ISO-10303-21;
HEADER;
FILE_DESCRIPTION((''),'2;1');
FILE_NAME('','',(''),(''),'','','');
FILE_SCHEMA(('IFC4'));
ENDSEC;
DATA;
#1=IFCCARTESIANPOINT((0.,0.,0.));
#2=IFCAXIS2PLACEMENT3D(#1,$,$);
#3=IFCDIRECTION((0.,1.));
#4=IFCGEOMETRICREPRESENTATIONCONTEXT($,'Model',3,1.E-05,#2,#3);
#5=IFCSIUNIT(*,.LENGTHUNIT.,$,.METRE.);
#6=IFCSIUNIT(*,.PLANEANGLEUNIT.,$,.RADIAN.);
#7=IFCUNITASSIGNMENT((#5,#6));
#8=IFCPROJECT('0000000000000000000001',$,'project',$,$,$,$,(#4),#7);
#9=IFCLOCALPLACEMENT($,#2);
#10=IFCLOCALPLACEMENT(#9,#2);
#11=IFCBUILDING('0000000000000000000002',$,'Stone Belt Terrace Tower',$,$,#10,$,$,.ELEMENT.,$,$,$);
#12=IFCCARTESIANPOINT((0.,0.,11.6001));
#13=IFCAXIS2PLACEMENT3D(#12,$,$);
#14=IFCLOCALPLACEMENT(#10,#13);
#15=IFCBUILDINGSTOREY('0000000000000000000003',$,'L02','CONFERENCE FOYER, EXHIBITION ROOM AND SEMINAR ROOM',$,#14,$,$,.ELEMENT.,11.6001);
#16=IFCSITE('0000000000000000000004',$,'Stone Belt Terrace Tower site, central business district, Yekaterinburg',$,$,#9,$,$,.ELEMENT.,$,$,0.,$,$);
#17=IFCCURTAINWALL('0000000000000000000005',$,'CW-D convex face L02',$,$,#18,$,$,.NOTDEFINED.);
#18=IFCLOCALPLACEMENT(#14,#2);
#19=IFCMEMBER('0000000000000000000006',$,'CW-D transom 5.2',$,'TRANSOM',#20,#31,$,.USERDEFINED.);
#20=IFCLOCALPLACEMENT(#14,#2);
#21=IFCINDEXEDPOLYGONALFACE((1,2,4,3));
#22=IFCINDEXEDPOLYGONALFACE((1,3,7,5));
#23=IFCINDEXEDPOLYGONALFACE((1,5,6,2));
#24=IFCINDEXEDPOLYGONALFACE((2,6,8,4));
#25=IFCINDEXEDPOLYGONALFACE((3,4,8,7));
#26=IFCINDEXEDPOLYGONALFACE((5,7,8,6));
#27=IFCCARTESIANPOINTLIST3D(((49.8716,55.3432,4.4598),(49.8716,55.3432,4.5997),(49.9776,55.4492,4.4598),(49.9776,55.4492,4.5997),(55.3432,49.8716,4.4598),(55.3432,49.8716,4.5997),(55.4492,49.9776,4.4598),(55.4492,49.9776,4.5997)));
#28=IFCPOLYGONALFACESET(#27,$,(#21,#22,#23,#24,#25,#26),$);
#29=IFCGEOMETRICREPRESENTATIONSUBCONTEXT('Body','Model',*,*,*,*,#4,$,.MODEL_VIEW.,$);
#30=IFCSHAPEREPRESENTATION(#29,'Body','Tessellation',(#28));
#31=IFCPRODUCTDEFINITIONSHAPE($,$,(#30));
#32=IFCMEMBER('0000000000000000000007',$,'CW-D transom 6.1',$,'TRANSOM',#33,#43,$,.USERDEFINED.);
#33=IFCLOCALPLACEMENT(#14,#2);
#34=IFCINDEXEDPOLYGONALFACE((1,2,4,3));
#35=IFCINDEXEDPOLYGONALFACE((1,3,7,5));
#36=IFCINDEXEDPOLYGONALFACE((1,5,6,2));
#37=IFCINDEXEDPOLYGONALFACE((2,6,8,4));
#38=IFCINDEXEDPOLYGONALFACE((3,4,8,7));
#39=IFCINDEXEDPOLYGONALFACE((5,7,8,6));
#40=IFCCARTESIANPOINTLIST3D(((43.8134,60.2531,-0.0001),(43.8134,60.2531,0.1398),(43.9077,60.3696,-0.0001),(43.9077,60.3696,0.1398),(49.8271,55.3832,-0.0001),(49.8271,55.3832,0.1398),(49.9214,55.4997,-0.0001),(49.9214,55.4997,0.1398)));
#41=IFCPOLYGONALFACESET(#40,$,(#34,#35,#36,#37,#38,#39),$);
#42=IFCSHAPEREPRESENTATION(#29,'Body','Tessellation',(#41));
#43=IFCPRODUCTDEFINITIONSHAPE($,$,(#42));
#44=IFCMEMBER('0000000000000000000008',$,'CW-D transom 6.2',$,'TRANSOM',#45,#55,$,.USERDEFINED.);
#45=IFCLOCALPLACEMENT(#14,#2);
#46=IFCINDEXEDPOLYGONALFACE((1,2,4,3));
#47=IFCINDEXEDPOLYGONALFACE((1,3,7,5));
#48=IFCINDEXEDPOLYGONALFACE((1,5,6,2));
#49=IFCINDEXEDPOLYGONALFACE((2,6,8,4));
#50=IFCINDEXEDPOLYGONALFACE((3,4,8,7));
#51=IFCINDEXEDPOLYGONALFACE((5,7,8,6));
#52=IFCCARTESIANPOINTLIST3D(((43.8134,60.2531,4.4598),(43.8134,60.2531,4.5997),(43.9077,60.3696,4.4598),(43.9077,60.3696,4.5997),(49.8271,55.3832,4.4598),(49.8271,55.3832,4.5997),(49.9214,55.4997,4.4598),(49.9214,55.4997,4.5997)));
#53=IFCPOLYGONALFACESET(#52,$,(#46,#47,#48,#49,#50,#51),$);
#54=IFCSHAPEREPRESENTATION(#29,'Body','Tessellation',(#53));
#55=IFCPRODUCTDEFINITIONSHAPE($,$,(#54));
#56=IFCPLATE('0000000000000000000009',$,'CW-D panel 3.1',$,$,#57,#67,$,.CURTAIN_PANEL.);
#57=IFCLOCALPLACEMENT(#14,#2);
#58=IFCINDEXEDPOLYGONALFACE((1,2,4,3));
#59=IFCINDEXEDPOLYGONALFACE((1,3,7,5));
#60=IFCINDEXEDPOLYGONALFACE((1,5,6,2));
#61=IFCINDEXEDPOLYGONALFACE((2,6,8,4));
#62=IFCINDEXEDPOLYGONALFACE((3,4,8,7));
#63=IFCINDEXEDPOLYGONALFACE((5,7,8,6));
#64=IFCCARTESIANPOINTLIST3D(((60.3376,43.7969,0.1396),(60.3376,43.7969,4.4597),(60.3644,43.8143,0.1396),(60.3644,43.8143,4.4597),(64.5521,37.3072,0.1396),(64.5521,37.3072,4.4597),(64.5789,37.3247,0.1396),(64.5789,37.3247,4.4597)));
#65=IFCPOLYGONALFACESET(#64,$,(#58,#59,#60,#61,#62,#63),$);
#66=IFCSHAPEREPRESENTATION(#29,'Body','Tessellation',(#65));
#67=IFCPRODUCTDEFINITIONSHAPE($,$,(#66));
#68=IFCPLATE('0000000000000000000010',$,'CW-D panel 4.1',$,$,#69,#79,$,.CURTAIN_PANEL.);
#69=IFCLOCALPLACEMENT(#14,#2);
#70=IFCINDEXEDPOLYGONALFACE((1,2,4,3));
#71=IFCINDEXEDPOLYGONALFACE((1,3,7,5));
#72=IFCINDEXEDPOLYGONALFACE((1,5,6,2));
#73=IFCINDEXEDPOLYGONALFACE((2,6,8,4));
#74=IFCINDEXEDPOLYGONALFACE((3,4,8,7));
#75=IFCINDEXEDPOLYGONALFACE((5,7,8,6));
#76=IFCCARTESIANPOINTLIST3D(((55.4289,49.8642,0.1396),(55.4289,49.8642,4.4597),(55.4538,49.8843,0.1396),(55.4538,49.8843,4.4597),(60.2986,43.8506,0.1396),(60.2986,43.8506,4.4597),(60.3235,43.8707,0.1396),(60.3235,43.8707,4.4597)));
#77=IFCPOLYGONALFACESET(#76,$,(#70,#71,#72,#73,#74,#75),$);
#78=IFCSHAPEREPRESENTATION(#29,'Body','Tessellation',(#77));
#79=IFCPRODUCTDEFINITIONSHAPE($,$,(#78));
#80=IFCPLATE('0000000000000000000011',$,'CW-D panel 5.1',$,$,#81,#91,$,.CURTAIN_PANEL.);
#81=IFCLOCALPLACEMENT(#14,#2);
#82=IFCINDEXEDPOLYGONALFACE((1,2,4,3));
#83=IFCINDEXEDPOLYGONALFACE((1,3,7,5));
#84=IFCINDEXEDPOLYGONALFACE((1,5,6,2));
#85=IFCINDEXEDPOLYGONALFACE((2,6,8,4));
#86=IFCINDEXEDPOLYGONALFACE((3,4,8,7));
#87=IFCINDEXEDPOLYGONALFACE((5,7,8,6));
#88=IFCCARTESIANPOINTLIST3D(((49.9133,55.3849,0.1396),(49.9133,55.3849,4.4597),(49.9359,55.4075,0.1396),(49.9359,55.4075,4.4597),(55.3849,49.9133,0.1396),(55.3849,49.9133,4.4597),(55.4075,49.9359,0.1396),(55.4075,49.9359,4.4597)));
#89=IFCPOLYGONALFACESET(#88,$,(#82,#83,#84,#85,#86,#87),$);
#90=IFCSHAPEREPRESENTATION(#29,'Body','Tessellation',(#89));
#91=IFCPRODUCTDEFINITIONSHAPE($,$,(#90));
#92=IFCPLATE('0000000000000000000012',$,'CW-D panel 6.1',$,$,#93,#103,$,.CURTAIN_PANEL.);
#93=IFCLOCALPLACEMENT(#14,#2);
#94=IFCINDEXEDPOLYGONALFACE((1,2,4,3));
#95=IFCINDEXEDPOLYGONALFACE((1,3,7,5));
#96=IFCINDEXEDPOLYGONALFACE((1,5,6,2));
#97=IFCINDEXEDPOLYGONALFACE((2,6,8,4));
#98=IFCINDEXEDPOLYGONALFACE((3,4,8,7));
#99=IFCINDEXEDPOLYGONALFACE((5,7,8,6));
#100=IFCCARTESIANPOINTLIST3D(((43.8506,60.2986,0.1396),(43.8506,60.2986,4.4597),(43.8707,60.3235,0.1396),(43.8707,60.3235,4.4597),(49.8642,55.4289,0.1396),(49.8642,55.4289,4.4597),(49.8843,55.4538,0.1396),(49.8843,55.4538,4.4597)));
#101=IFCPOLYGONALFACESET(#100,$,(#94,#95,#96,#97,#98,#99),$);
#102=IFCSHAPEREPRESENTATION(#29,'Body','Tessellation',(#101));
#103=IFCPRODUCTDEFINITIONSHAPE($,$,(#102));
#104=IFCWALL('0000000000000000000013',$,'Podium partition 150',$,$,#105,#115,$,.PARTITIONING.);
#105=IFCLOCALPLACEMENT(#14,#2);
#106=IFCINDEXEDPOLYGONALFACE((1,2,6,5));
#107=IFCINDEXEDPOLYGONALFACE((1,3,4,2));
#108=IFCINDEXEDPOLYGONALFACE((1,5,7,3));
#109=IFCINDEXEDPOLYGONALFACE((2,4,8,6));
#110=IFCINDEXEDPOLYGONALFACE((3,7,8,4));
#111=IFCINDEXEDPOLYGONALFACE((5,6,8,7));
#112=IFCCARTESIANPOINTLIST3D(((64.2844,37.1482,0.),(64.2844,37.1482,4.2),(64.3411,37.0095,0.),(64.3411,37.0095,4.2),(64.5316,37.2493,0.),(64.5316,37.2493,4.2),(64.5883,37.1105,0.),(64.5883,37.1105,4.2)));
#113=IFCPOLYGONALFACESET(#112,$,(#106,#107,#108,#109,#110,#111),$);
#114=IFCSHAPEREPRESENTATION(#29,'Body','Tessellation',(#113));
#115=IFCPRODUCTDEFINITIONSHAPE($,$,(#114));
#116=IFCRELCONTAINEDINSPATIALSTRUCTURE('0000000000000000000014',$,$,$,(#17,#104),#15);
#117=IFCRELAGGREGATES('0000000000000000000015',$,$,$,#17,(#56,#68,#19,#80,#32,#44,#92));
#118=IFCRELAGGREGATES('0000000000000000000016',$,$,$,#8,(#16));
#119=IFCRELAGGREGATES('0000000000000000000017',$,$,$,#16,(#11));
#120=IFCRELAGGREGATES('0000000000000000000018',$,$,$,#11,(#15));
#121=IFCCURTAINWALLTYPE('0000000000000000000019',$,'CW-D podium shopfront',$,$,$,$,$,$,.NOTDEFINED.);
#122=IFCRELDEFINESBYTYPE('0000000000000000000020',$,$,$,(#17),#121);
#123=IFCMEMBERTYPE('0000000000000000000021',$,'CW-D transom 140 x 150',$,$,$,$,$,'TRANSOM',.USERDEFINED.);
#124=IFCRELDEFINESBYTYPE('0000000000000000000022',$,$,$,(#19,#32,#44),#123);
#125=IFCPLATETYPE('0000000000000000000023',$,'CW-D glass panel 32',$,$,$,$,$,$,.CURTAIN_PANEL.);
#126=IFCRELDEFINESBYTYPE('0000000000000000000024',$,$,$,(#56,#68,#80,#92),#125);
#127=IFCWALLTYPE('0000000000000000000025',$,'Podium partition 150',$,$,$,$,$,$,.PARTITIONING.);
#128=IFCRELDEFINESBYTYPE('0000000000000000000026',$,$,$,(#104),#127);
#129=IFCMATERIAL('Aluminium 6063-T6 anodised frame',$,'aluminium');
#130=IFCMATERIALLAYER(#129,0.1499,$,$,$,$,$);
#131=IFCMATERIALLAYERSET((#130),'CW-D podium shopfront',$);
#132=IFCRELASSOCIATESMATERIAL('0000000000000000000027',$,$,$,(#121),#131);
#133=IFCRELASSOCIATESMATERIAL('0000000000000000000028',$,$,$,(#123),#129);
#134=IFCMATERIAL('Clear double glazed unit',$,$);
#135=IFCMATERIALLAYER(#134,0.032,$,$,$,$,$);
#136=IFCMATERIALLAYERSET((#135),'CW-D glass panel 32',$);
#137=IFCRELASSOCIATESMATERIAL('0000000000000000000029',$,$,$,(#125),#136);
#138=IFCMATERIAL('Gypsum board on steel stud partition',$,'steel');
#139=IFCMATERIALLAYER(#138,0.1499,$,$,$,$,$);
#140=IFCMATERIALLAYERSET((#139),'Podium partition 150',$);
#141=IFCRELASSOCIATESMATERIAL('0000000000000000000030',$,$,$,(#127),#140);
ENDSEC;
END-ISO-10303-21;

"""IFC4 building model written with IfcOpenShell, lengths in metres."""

from ifc_helpers import new_model, si_unit, direction, frame, frame_2d, origin, origin_2d, place, context, subcontext, project, spatial, rectangle, extrude, material, layer, layer_set, material_profile, profile_set, type_object, element, aggregate, save


model = new_model("IFC4")

# Units and contexts
model_context = context("Model", 3, precision=1e-05, world=origin(), true_north=direction((0.0, 1.0)))
body_context = subcontext(model_context, "Body", "Model", "MODEL_VIEW")
ifc_project = project(units=[si_unit("LENGTHUNIT", "METRE"), si_unit("PLANEANGLEUNIT", "RADIAN")], contexts=[model_context])

# Site, building, storey
site_placement = place(None, origin())
site = spatial("IfcSite", under=ifc_project, at=site_placement, Name="Stone Belt Terrace Tower site, central business district, Yekaterinburg", CompositionType="ELEMENT", RefElevation=0.0)
building_placement = place(site_placement, origin())
building = spatial("IfcBuilding", under=site, at=building_placement, Name="Stone Belt Terrace Tower", CompositionType="ELEMENT")
storey_placement = place(building_placement, frame((0.0, 0.0, 11.6001)))
storey = spatial("IfcBuildingStorey", under=building, at=storey_placement, Name="L02", Description="CONFERENCE FOYER, EXHIBITION ROOM AND SEMINAR ROOM", CompositionType="ELEMENT", Elevation=11.6001)

# Curtain wall, members, plates
ifc_material_1 = material(Name="Aluminium 6063-T6 anodised frame", Category="aluminium")
ifc_layer_1 = layer(ifc_material_1, 0.1499)
ifc_layer_set_1 = layer_set([ifc_layer_1], Name="CW-D podium shopfront")
curtain_wall_type = type_object("IfcCurtainWallType", Name="CW-D podium shopfront", PredefinedType="NOTDEFINED", material=ifc_layer_set_1)
curtain_wall_placement = place(storey_placement, origin())
curtain_wall = element("IfcCurtainWall", 1, at=curtain_wall_placement, inside=storey, type_object=curtain_wall_type, Name="CW-D convex face L02", PredefinedType="NOTDEFINED")
ifc_material_profile_1 = material_profile(ifc_material_1, rectangle(XDim=0.1499, YDim=0.1399, at=origin_2d()), Name="Aluminium 6063-T6 150x140")
ifc_profile_set_1 = profile_set([ifc_material_profile_1], Name="Aluminium 6063-T6 anodised frame")
member_type_1 = type_object("IfcMemberType", Name="CW-D transom 140 x 150", ElementType="TRANSOM", PredefinedType="USERDEFINED", material=ifc_profile_set_1)
member_1_placement = place(storey_placement, frame((55.3962, 49.9246, 4.5298), z_axis=(-0.707107, 0.707107, 0.0), x_axis=(-0.707107, -0.707107, 0.0)))
member_1 = element("IfcMember", 2, at=member_1_placement, type_object=member_type_1, Name="CW-D transom 5.2", ObjectType="TRANSOM", PredefinedType="USERDEFINED", context=body_context, shape_type="SweptSolid", body=[
    extrude(rectangle(XDim=0.1499, YDim=0.1399, at=origin_2d()), origin(), (0.0, 0.0, 1.0), 7.738),
])
member_2_placement = place(storey_placement, frame((49.8743, 55.4414, 0.0698), z_axis=(-0.77714, 0.629328, 0.0), x_axis=(-0.629328, -0.77714, 0.0)))
member_2 = element("IfcMember", 3, at=member_2_placement, type_object=member_type_1, Name="CW-D transom 6.1", ObjectType="TRANSOM", PredefinedType="USERDEFINED", context=body_context, shape_type="SweptSolid", body=[
    extrude(rectangle(XDim=0.1499, YDim=0.1399, at=origin_2d()), origin(), (0.0, 0.0, 1.0), 7.7383),
])
member_3_placement = place(storey_placement, frame((49.8743, 55.4414, 4.5298), z_axis=(-0.77714, 0.629328, 0.0), x_axis=(-0.629328, -0.77714, 0.0)))
member_3 = element("IfcMember", 4, at=member_3_placement, type_object=member_type_1, Name="CW-D transom 6.2", ObjectType="TRANSOM", PredefinedType="USERDEFINED", context=body_context, shape_type="SweptSolid", body=[
    extrude(rectangle(XDim=0.1499, YDim=0.1399, at=origin_2d()), origin(), (0.0, 0.0, 1.0), 7.7383),
])
ifc_material_2 = material(Name="Clear double glazed unit")
ifc_layer_2 = layer(ifc_material_2, 0.032)
ifc_layer_set_2 = layer_set([ifc_layer_2], Name="CW-D glass panel 32")
plate_type = type_object("IfcPlateType", Name="CW-D glass panel 32", PredefinedType="CURTAIN_PANEL", material=ifc_layer_set_2)
plate_1_placement = place(storey_placement, frame((62.4583, 40.5608, 0.1396), z_axis=(0.0, 0.0, 1.0), x_axis=(-0.544639, 0.838671, 0.0)))
plate_1 = element("IfcPlate", 5, at=plate_1_placement, type_object=plate_type, Name="CW-D panel 3.1", PredefinedType="CURTAIN_PANEL", context=body_context, shape_type="SweptSolid", body=[
    extrude(rectangle(XDim=7.738, YDim=0.032, at=origin_2d()), origin(), (0.0, 0.0, 1.0), 4.3201),
])
plate_2_placement = place(storey_placement, frame((57.8762, 46.8674, 0.1396), z_axis=(0.0, 0.0, 1.0), x_axis=(-0.62932, 0.777146, 0.0)))
plate_2 = element("IfcPlate", 6, at=plate_2_placement, type_object=plate_type, Name="CW-D panel 4.1", PredefinedType="CURTAIN_PANEL", context=body_context, shape_type="SweptSolid", body=[
    extrude(rectangle(XDim=7.738, YDim=0.032, at=origin_2d()), origin(), (0.0, 0.0, 1.0), 4.3201),
])
plate_3_placement = place(storey_placement, frame((52.6604, 52.6604, 0.1396), z_axis=(0.0, 0.0, 1.0), x_axis=(-0.707107, 0.707107, 0.0)))
plate_3 = element("IfcPlate", 7, at=plate_3_placement, type_object=plate_type, Name="CW-D panel 5.1", PredefinedType="CURTAIN_PANEL", context=body_context, shape_type="SweptSolid", body=[
    extrude(rectangle(XDim=7.738, YDim=0.032, at=origin_2d()), origin(), (0.0, 0.0, 1.0), 4.3201),
])
plate_4_placement = place(storey_placement, frame((46.8674, 57.8762, 0.1396), z_axis=(0.0, 0.0, 1.0), x_axis=(-0.777146, 0.62932, 0.0)))
plate_4 = element("IfcPlate", 8, at=plate_4_placement, type_object=plate_type, Name="CW-D panel 6.1", PredefinedType="CURTAIN_PANEL", context=body_context, shape_type="SweptSolid", body=[
    extrude(rectangle(XDim=7.738, YDim=0.032, at=origin_2d()), origin(), (0.0, 0.0, 1.0), 4.3201),
])
aggregate(curtain_wall, [plate_1, plate_2, member_1, plate_3, member_2, member_3, plate_4])

# Wall
ifc_material_3 = material(Name="Gypsum board on steel stud partition", Category="steel")
ifc_layer_3 = layer(ifc_material_3, 0.1499)
ifc_layer_set_3 = layer_set([ifc_layer_3], Name="Podium partition 150")
wall_type = type_object("IfcWallType", Name="Podium partition 150", PredefinedType="PARTITIONING", material=ifc_layer_set_3)
wall_placement = place(storey_placement, frame((64.3127, 37.0789, 0.0), z_axis=(0.0, 0.0, 1.0), x_axis=(0.925678, 0.378313, 0.0)))
element("IfcWall", 9, at=wall_placement, inside=storey, type_object=wall_type, Name="Podium partition 150", PredefinedType="PARTITIONING", context=body_context, shape_type="SweptSolid", body=[
    extrude(rectangle(XDim=0.2671, YDim=0.1499, at=frame_2d((0.1335, 0.0))), origin(), (0.0, 0.0, 1.0), 4.2),
])

save(model, "model.ifc")
